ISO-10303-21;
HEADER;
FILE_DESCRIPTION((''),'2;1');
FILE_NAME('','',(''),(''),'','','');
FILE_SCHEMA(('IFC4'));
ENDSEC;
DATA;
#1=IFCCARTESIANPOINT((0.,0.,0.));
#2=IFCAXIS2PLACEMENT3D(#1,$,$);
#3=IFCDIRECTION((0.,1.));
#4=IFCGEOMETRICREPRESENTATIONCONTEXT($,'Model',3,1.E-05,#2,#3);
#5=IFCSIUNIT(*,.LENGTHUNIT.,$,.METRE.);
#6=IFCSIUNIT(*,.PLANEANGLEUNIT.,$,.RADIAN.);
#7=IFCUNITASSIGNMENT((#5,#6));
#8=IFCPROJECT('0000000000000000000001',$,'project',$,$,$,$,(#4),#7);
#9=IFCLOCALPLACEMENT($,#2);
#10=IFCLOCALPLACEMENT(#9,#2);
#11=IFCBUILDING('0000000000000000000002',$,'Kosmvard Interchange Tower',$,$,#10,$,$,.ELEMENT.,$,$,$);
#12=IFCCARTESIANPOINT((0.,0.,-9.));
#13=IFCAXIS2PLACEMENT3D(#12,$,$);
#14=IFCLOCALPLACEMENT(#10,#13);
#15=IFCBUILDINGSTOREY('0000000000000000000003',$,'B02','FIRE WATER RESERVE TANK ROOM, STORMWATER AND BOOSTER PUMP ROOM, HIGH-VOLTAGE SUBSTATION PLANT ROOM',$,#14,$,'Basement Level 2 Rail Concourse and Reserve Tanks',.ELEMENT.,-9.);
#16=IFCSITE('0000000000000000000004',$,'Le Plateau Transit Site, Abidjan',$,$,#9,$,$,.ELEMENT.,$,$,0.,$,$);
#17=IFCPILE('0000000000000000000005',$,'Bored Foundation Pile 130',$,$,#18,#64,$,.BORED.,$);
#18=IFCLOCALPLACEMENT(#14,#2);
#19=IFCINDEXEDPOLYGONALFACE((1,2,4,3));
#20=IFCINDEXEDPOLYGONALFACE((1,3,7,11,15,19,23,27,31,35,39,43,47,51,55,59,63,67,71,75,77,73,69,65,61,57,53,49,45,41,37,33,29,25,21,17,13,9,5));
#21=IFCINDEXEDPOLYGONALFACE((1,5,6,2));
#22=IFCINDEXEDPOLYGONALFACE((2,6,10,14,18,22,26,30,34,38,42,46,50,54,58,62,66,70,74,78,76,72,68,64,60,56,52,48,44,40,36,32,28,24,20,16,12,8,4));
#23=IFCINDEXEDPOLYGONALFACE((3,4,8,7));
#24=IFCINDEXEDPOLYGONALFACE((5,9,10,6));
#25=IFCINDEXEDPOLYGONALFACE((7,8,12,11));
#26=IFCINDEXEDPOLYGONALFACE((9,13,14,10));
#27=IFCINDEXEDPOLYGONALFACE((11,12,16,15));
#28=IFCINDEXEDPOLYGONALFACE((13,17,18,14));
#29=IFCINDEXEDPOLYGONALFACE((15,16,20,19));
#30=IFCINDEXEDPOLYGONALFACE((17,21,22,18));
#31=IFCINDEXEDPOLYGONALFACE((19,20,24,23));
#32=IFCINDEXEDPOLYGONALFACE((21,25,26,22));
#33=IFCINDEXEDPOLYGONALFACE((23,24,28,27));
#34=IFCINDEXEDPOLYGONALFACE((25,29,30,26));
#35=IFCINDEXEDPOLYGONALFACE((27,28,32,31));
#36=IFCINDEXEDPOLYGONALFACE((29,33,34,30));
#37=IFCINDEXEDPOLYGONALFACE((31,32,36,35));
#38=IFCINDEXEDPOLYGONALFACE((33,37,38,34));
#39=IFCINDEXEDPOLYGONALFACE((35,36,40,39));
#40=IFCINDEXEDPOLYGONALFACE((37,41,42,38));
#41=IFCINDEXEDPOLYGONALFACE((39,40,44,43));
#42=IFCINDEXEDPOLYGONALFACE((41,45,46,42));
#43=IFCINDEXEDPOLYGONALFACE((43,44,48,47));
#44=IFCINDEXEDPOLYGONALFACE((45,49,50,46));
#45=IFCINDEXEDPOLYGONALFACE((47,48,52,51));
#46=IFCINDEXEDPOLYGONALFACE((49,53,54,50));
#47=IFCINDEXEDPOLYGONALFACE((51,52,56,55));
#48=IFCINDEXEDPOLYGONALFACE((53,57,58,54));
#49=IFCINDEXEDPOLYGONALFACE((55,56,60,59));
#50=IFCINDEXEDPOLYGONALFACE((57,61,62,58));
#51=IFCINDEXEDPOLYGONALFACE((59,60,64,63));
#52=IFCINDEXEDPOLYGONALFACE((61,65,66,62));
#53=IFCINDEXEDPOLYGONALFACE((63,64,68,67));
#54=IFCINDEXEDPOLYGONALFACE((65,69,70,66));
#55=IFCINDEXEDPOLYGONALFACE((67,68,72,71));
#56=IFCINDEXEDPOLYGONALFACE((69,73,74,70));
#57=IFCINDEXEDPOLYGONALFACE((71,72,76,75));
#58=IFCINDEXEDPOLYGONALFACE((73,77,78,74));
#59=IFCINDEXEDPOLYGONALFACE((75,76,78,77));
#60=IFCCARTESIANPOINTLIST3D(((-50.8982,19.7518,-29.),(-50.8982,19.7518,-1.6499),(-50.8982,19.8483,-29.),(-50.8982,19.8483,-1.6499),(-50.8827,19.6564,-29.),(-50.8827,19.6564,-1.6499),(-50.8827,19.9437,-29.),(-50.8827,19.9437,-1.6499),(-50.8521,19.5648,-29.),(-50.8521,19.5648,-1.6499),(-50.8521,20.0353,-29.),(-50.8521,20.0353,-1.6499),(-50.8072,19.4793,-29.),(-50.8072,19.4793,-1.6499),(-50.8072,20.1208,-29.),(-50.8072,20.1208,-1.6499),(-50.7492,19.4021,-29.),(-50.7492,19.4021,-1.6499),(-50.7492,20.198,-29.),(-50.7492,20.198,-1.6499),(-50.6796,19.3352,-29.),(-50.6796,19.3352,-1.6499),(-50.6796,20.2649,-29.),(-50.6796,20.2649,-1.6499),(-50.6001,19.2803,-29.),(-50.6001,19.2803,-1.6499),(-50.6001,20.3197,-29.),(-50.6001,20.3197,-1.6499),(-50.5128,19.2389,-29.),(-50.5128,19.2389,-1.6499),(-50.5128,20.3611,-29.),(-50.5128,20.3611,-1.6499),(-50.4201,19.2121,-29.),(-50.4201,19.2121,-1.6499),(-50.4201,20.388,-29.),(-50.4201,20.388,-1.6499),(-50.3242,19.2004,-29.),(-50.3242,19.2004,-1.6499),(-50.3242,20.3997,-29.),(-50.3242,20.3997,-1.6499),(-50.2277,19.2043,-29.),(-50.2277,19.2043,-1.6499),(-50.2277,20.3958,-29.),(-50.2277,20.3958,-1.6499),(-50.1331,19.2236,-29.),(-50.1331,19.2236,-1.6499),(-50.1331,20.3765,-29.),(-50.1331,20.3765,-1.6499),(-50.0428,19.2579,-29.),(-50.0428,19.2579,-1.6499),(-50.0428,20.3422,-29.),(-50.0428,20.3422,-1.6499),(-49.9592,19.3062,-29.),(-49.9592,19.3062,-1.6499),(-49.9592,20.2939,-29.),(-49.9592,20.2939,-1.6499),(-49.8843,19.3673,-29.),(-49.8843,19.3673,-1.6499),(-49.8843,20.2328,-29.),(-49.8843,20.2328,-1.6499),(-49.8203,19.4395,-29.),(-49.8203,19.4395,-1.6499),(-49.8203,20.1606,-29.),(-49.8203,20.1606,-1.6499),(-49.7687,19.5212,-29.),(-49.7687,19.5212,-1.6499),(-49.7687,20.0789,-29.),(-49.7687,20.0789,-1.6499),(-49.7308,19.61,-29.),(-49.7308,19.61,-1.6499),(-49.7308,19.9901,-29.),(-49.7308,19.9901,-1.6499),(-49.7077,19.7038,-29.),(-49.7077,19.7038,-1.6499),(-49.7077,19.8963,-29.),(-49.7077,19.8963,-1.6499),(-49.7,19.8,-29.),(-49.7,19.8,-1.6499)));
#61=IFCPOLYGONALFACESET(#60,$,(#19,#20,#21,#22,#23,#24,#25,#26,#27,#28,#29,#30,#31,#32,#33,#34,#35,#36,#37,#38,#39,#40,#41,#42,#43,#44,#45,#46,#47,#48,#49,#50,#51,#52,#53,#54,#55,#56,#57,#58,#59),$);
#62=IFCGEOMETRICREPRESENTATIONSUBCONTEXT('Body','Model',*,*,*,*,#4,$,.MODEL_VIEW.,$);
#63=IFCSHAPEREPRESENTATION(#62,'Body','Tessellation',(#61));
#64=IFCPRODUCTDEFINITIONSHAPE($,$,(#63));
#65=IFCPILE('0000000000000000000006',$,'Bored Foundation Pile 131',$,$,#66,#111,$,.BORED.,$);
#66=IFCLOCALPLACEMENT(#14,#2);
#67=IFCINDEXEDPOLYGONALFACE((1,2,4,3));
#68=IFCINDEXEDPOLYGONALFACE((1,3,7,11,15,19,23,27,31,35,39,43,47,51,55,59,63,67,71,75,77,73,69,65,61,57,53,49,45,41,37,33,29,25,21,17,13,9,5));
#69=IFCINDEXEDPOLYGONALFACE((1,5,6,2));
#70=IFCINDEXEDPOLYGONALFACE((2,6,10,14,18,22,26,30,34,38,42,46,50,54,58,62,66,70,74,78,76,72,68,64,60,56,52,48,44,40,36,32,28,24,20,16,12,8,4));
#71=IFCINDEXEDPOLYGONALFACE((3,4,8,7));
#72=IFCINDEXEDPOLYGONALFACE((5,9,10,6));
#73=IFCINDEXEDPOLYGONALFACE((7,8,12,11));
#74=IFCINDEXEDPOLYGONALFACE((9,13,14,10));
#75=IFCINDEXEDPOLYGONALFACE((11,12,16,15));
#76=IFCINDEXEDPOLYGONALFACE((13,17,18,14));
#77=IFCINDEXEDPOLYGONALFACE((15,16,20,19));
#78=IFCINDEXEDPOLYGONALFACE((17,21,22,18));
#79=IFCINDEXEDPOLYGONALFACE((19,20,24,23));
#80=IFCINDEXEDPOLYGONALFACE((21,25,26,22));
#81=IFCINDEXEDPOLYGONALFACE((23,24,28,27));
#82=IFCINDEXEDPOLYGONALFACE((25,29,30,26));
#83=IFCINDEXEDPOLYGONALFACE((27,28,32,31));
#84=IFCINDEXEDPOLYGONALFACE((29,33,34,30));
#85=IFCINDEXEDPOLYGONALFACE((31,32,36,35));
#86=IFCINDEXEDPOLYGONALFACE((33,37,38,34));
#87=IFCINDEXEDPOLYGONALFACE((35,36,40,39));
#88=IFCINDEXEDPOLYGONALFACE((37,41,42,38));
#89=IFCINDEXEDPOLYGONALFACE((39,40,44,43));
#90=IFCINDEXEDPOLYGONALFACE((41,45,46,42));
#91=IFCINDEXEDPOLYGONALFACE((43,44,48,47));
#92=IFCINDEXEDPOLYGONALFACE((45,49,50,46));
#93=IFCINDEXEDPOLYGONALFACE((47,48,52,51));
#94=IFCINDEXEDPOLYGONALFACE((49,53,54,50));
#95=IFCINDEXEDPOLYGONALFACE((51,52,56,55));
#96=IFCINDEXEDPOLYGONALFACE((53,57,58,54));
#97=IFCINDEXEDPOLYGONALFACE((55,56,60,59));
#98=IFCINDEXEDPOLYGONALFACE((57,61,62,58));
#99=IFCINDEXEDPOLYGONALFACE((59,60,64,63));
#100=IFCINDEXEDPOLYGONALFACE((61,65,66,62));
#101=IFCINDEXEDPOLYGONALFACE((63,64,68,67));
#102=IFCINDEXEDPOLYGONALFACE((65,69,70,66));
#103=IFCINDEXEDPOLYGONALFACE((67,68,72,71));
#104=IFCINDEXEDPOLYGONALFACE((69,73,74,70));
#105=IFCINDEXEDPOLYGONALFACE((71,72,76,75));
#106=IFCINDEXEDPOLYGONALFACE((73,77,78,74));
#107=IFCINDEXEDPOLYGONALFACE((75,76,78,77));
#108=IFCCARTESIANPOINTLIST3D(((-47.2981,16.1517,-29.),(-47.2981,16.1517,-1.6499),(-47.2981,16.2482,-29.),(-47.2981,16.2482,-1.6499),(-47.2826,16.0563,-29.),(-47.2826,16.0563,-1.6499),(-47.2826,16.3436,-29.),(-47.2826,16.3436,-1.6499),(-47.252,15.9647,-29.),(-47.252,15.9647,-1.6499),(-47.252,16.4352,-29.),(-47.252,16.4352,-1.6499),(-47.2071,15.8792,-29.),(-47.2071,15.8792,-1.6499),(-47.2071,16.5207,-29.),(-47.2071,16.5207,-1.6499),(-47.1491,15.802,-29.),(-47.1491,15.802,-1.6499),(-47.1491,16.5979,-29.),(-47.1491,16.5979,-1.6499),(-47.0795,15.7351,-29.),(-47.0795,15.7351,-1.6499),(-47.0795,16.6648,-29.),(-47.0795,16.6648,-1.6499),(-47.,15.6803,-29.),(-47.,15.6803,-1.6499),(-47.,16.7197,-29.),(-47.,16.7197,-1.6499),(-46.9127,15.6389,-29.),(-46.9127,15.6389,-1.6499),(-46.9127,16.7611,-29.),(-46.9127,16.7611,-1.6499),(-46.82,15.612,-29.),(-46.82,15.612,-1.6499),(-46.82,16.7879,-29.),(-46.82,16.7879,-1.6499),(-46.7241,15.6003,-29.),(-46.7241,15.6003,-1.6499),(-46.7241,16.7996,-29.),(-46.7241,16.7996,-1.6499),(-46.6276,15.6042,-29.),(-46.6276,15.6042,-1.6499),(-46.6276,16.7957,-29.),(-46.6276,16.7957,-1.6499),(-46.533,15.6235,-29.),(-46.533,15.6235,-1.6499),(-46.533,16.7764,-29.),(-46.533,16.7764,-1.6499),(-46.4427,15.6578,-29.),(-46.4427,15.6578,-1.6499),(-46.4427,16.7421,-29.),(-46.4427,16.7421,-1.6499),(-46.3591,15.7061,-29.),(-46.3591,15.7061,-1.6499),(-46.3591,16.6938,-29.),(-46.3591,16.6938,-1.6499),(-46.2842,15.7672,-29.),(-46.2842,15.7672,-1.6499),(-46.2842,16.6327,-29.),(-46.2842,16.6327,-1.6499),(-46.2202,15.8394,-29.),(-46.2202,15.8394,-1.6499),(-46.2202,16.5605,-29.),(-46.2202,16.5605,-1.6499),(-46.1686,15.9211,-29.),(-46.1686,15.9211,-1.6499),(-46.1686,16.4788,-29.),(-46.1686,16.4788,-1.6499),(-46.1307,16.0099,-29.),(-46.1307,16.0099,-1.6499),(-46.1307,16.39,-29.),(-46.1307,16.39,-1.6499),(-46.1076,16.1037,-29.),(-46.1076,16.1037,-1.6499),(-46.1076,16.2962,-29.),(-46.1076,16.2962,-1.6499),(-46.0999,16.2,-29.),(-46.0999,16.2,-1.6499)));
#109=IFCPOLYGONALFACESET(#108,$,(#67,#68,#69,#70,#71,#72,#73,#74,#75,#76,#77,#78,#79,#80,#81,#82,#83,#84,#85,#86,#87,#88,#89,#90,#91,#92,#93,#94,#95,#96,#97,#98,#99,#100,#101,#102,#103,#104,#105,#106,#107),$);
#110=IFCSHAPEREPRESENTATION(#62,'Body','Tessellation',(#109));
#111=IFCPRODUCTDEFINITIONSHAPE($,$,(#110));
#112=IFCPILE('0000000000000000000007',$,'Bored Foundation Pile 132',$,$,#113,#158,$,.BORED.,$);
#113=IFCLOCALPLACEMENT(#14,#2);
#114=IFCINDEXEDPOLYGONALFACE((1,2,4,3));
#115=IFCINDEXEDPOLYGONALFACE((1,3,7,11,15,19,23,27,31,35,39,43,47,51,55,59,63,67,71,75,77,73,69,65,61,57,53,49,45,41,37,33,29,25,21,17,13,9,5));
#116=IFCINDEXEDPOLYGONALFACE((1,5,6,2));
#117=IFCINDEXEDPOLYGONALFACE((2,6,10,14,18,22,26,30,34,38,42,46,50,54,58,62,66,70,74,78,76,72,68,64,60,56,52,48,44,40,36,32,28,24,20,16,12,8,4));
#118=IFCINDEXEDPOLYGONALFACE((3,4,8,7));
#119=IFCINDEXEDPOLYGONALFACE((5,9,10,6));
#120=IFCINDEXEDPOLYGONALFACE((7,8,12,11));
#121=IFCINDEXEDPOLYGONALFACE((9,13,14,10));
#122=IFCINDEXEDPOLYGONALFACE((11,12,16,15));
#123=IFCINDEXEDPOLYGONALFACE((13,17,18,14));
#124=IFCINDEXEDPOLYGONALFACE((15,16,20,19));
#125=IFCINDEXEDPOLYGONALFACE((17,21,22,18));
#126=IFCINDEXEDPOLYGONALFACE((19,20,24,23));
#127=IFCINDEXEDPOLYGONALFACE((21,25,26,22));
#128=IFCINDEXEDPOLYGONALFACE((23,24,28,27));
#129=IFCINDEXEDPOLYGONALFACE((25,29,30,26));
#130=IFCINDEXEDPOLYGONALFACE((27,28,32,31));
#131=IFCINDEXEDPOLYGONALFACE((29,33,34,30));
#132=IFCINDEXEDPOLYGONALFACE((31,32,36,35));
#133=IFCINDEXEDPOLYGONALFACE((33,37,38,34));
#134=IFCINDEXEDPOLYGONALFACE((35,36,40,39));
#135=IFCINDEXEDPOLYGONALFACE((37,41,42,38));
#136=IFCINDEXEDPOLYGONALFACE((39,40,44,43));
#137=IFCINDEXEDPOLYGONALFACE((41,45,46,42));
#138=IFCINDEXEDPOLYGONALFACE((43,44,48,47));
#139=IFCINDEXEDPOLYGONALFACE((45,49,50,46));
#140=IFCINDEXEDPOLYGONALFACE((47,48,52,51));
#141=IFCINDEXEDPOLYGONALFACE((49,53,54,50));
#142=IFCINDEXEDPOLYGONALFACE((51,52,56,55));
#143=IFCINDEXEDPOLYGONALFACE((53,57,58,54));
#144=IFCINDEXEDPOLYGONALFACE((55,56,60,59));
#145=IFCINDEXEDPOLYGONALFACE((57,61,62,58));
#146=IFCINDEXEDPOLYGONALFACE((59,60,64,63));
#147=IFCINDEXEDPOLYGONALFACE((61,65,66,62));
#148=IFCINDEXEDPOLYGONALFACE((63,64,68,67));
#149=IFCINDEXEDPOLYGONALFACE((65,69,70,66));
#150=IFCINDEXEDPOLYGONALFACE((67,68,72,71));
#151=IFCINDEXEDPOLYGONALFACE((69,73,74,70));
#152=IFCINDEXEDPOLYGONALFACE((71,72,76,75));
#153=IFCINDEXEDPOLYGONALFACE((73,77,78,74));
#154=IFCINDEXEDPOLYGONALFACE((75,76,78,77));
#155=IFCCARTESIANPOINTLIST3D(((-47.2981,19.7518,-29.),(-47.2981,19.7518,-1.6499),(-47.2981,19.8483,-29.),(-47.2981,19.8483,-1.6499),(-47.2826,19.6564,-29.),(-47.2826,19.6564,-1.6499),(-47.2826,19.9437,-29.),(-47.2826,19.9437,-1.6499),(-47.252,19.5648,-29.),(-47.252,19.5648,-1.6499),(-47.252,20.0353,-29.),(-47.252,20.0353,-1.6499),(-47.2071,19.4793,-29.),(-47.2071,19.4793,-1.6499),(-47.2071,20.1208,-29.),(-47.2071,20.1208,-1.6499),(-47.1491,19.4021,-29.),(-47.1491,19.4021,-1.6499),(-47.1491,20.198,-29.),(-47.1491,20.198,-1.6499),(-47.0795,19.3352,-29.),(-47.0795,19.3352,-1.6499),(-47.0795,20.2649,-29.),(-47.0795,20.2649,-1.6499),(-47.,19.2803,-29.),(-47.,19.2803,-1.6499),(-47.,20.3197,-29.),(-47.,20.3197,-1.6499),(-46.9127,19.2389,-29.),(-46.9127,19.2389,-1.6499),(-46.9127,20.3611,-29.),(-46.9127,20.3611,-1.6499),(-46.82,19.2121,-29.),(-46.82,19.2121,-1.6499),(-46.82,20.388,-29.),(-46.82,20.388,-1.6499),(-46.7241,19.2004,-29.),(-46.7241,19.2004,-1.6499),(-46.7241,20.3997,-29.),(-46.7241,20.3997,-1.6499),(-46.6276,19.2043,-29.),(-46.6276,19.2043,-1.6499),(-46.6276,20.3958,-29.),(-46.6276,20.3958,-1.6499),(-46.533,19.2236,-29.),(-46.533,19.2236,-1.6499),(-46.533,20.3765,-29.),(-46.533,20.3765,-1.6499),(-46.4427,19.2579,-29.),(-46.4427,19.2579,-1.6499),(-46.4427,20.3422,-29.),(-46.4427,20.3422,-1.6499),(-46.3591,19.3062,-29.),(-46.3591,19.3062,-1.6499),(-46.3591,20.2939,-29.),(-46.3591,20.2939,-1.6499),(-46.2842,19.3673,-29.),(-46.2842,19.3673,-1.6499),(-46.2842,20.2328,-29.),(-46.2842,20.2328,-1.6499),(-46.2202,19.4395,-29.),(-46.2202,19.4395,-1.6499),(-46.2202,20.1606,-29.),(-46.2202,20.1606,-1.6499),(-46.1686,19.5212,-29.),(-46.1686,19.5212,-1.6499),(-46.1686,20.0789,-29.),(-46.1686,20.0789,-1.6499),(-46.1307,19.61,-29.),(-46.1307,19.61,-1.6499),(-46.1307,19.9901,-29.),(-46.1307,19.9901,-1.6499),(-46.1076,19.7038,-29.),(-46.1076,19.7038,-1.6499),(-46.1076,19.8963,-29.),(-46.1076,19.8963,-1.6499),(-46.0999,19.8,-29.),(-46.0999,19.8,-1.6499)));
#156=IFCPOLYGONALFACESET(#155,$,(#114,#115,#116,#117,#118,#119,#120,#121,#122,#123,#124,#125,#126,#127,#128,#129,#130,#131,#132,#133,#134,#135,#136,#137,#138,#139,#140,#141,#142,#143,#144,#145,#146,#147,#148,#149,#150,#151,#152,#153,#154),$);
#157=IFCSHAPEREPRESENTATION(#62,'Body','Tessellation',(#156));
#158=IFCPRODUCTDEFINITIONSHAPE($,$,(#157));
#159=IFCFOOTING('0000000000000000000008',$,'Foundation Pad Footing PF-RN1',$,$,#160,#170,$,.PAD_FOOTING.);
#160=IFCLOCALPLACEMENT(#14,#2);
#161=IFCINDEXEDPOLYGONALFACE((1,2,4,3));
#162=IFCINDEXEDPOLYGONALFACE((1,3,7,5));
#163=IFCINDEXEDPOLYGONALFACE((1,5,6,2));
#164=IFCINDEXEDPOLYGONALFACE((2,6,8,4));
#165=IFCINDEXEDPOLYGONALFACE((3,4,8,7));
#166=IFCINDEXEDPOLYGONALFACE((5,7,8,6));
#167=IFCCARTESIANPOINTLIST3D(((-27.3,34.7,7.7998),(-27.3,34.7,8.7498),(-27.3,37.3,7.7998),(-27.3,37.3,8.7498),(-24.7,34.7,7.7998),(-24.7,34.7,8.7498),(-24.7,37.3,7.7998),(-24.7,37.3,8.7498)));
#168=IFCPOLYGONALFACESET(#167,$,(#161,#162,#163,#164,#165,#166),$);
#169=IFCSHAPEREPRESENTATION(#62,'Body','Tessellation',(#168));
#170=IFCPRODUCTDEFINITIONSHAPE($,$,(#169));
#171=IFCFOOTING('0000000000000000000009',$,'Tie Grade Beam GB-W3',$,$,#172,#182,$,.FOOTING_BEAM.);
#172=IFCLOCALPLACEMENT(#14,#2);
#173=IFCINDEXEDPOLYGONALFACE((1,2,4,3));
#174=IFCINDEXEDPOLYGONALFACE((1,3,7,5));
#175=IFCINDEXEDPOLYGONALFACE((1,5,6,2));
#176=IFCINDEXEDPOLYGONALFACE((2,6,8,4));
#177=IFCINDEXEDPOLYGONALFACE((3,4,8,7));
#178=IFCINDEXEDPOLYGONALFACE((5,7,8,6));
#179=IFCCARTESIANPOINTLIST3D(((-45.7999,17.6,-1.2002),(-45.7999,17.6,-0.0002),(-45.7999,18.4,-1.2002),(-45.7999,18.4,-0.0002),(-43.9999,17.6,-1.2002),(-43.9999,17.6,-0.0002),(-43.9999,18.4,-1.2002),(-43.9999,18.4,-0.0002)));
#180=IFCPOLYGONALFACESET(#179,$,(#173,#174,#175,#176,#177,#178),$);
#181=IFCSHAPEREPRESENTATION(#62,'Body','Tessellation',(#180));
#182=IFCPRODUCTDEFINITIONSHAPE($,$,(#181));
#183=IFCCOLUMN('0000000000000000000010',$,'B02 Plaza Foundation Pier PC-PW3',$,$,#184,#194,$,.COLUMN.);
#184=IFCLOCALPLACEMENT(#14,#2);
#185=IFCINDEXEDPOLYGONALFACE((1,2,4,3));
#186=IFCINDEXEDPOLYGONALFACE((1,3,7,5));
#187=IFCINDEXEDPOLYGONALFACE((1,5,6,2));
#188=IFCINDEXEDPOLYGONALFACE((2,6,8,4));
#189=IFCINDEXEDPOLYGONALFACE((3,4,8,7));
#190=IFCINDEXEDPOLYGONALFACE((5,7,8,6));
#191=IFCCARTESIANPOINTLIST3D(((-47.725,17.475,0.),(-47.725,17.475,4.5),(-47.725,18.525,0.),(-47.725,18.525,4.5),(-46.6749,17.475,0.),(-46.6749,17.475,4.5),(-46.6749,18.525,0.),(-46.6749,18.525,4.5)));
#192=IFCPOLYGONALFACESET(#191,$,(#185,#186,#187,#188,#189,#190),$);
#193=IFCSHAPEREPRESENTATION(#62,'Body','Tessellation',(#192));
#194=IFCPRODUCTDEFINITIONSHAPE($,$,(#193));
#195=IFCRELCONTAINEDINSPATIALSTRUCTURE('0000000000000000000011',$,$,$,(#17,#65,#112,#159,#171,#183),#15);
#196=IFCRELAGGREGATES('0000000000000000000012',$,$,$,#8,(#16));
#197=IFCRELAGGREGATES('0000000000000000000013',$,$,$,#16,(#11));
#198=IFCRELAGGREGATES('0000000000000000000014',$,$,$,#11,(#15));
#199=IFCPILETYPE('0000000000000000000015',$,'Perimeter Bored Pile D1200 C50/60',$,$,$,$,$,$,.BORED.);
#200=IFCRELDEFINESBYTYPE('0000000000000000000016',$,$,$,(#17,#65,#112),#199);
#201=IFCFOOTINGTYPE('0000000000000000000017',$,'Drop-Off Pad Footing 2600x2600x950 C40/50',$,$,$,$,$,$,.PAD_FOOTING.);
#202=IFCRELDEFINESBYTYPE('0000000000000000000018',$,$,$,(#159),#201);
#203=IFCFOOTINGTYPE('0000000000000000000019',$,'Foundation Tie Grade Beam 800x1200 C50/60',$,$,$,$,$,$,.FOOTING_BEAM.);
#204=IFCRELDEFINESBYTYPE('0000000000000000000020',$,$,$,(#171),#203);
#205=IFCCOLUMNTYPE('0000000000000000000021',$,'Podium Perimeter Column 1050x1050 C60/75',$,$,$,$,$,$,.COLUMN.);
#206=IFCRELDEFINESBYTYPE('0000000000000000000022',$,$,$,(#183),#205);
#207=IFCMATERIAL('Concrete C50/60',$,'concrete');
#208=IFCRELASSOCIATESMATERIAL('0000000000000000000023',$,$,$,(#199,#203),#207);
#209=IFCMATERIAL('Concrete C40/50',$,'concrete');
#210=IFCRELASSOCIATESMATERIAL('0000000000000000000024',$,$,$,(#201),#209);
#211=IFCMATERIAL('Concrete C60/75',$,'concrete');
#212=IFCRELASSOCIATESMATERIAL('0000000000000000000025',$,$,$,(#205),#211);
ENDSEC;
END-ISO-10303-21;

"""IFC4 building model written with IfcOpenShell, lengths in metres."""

from ifc_helpers import new_model, si_unit, direction, frame, origin, origin_2d, place, context, subcontext, project, spatial, rectangle, circle, extrude, source, transform, mapped, material, material_profile, profile_set, type_object, element, save


model = new_model("IFC4")

# Units and contexts
model_context = context("Model", 3, precision=1e-05, world=origin(), true_north=direction((0.0, 1.0)))
body_context = subcontext(model_context, "Body", "Model", "MODEL_VIEW")
ifc_project = project(units=[si_unit("LENGTHUNIT", "METRE"), si_unit("PLANEANGLEUNIT", "RADIAN")], contexts=[model_context])

# Site, building, storey
site_placement = place(None, origin())
site = spatial("IfcSite", under=ifc_project, at=site_placement, Name="Le Plateau Transit Site, Abidjan", CompositionType="ELEMENT", RefElevation=0.0)
building_placement = place(site_placement, origin())
building = spatial("IfcBuilding", under=site, at=building_placement, Name="Kosmvard Interchange Tower", CompositionType="ELEMENT")
storey_placement = place(building_placement, frame((0.0, 0.0, -9.0)))
storey = spatial("IfcBuildingStorey", under=building, at=storey_placement, Name="B02", Description="FIRE WATER RESERVE TANK ROOM, STORMWATER AND BOOSTER PUMP ROOM, HIGH-VOLTAGE SUBSTATION PLANT ROOM", LongName="Basement Level 2 Rail Concourse and Reserve Tanks", CompositionType="ELEMENT", Elevation=-9.0)

# Shared definitions
ifc_material_1 = material(Name="Concrete C50/60", Category="concrete")
ifc_material_profile_1 = material_profile(ifc_material_1, circle(Radius=0.6001, at=origin_2d()), Name="PILE D1200")
ifc_profile_set_1 = profile_set([ifc_material_profile_1], Name="Concrete C50/60")
pile_type = type_object("IfcPileType", Name="Perimeter Bored Pile D1200 C50/60", PredefinedType="BORED", material=ifc_profile_set_1)

# Piles
shared_shape_1 = source(origin(), body_context, "Body", "SweptSolid", [
    extrude(circle(Radius=0.6001, at=origin_2d()), origin(), (0.0, 0.0, 1.0), 27.3501),
])
for number, where, z_axis, x_axis, name in (
    (1, (-50.3, 19.8, -1.6499), (0.0, 0.0, -1.0), (1.0, 0.0, 0.0), "Bored Foundation Pile 130"),
    (2, (-46.7, 16.2, -1.6499), (0.0, 0.0, -1.0), (1.0, 0.0, 0.0), "Bored Foundation Pile 131"),
    (3, (-46.7, 19.8, -1.6499), (0.0, 0.0, -1.0), (1.0, 0.0, 0.0), "Bored Foundation Pile 132"),
):
    element("IfcPile", number, at=place(storey_placement, frame(where, z_axis=z_axis, x_axis=x_axis)), inside=storey, type_object=pile_type, Name=name, PredefinedType="BORED", context=body_context, shape_type="MappedRepresentation", body=[
        mapped(shared_shape_1, transform((0.0, 0.0, 0.0), scale=1.0)),
    ])

# Footings
ifc_material_2 = material(Name="Concrete C40/50", Category="concrete")
footing_type_1 = type_object("IfcFootingType", Name="Drop-Off Pad Footing 2600x2600x950 C40/50", PredefinedType="PAD_FOOTING", material=ifc_material_2)
shared_shape_2 = source(origin(), body_context, "Body", "SweptSolid", [
    extrude(rectangle(XDim=2.6001, YDim=2.6001, at=origin_2d()), origin(), (0.0, 0.0, 1.0), 0.95),
])
footing_1_placement = place(storey_placement, frame((-26.0, 36.0, 7.7998), z_axis=(0.0, 0.0, 1.0), x_axis=(1.0, 0.0, 0.0)))
element("IfcFooting", 4, at=footing_1_placement, inside=storey, type_object=footing_type_1, Name="Foundation Pad Footing PF-RN1", PredefinedType="PAD_FOOTING", context=body_context, shape_type="MappedRepresentation", body=[
    mapped(shared_shape_2, transform((0.0, 0.0, 0.0), scale=1.0)),
])
ifc_material_profile_2 = material_profile(ifc_material_1, rectangle(XDim=0.8, YDim=1.2, at=origin_2d()), Name="GB 800x1200")
ifc_profile_set_2 = profile_set([ifc_material_profile_2], Name="Concrete C50/60")
footing_type_2 = type_object("IfcFootingType", Name="Foundation Tie Grade Beam 800x1200 C50/60", PredefinedType="FOOTING_BEAM", material=ifc_profile_set_2)
shared_shape_3 = source(origin(), body_context, "Body", "SweptSolid", [
    extrude(rectangle(XDim=1.8, YDim=0.8, at=origin_2d()), origin(), (0.0, 0.0, 1.0), 1.2),
])
footing_2_placement = place(storey_placement, frame((-44.8999, 18.0, -1.2002), z_axis=(0.0, 0.0, 1.0), x_axis=(1.0, 0.0, 0.0)))
element("IfcFooting", 5, at=footing_2_placement, inside=storey, type_object=footing_type_2, Name="Tie Grade Beam GB-W3", PredefinedType="FOOTING_BEAM", context=body_context, shape_type="MappedRepresentation", body=[
    mapped(shared_shape_3, transform((0.0, 0.0, 0.0), scale=1.0)),
])

# Column
ifc_material_3 = material(Name="Concrete C60/75", Category="concrete")
ifc_material_profile_3 = material_profile(ifc_material_3, rectangle(XDim=1.05, YDim=1.05, at=origin_2d()), Name="PC 1050x1050")
ifc_profile_set_3 = profile_set([ifc_material_profile_3], Name="Concrete C60/75")
column_type_1 = type_object("IfcColumnType", Name="Podium Perimeter Column 1050x1050 C60/75", PredefinedType="COLUMN", material=ifc_profile_set_3)
shared_shape_4 = source(origin(), body_context, "Body", "SweptSolid", [
    extrude(rectangle(XDim=1.05, YDim=1.05, at=origin_2d()), origin(), (0.0, 0.0, 1.0), 4.5),
])
for number, where, z_axis, x_axis, name in (
    (6, (-47.2, 18.0, 0.0), (0.0, 0.0, 1.0), (1.0, 0.0, 0.0), "B02 Plaza Foundation Pier PC-PW3"),
):
    element("IfcColumn", number, at=place(storey_placement, frame(where, z_axis=z_axis, x_axis=x_axis)), inside=storey, type_object=column_type_1, Name=name, PredefinedType="COLUMN", context=body_context, shape_type="MappedRepresentation", body=[
        mapped(shared_shape_4, transform((0.0, 0.0, 0.0), scale=1.0)),
    ])

save(model, "model.ifc")
